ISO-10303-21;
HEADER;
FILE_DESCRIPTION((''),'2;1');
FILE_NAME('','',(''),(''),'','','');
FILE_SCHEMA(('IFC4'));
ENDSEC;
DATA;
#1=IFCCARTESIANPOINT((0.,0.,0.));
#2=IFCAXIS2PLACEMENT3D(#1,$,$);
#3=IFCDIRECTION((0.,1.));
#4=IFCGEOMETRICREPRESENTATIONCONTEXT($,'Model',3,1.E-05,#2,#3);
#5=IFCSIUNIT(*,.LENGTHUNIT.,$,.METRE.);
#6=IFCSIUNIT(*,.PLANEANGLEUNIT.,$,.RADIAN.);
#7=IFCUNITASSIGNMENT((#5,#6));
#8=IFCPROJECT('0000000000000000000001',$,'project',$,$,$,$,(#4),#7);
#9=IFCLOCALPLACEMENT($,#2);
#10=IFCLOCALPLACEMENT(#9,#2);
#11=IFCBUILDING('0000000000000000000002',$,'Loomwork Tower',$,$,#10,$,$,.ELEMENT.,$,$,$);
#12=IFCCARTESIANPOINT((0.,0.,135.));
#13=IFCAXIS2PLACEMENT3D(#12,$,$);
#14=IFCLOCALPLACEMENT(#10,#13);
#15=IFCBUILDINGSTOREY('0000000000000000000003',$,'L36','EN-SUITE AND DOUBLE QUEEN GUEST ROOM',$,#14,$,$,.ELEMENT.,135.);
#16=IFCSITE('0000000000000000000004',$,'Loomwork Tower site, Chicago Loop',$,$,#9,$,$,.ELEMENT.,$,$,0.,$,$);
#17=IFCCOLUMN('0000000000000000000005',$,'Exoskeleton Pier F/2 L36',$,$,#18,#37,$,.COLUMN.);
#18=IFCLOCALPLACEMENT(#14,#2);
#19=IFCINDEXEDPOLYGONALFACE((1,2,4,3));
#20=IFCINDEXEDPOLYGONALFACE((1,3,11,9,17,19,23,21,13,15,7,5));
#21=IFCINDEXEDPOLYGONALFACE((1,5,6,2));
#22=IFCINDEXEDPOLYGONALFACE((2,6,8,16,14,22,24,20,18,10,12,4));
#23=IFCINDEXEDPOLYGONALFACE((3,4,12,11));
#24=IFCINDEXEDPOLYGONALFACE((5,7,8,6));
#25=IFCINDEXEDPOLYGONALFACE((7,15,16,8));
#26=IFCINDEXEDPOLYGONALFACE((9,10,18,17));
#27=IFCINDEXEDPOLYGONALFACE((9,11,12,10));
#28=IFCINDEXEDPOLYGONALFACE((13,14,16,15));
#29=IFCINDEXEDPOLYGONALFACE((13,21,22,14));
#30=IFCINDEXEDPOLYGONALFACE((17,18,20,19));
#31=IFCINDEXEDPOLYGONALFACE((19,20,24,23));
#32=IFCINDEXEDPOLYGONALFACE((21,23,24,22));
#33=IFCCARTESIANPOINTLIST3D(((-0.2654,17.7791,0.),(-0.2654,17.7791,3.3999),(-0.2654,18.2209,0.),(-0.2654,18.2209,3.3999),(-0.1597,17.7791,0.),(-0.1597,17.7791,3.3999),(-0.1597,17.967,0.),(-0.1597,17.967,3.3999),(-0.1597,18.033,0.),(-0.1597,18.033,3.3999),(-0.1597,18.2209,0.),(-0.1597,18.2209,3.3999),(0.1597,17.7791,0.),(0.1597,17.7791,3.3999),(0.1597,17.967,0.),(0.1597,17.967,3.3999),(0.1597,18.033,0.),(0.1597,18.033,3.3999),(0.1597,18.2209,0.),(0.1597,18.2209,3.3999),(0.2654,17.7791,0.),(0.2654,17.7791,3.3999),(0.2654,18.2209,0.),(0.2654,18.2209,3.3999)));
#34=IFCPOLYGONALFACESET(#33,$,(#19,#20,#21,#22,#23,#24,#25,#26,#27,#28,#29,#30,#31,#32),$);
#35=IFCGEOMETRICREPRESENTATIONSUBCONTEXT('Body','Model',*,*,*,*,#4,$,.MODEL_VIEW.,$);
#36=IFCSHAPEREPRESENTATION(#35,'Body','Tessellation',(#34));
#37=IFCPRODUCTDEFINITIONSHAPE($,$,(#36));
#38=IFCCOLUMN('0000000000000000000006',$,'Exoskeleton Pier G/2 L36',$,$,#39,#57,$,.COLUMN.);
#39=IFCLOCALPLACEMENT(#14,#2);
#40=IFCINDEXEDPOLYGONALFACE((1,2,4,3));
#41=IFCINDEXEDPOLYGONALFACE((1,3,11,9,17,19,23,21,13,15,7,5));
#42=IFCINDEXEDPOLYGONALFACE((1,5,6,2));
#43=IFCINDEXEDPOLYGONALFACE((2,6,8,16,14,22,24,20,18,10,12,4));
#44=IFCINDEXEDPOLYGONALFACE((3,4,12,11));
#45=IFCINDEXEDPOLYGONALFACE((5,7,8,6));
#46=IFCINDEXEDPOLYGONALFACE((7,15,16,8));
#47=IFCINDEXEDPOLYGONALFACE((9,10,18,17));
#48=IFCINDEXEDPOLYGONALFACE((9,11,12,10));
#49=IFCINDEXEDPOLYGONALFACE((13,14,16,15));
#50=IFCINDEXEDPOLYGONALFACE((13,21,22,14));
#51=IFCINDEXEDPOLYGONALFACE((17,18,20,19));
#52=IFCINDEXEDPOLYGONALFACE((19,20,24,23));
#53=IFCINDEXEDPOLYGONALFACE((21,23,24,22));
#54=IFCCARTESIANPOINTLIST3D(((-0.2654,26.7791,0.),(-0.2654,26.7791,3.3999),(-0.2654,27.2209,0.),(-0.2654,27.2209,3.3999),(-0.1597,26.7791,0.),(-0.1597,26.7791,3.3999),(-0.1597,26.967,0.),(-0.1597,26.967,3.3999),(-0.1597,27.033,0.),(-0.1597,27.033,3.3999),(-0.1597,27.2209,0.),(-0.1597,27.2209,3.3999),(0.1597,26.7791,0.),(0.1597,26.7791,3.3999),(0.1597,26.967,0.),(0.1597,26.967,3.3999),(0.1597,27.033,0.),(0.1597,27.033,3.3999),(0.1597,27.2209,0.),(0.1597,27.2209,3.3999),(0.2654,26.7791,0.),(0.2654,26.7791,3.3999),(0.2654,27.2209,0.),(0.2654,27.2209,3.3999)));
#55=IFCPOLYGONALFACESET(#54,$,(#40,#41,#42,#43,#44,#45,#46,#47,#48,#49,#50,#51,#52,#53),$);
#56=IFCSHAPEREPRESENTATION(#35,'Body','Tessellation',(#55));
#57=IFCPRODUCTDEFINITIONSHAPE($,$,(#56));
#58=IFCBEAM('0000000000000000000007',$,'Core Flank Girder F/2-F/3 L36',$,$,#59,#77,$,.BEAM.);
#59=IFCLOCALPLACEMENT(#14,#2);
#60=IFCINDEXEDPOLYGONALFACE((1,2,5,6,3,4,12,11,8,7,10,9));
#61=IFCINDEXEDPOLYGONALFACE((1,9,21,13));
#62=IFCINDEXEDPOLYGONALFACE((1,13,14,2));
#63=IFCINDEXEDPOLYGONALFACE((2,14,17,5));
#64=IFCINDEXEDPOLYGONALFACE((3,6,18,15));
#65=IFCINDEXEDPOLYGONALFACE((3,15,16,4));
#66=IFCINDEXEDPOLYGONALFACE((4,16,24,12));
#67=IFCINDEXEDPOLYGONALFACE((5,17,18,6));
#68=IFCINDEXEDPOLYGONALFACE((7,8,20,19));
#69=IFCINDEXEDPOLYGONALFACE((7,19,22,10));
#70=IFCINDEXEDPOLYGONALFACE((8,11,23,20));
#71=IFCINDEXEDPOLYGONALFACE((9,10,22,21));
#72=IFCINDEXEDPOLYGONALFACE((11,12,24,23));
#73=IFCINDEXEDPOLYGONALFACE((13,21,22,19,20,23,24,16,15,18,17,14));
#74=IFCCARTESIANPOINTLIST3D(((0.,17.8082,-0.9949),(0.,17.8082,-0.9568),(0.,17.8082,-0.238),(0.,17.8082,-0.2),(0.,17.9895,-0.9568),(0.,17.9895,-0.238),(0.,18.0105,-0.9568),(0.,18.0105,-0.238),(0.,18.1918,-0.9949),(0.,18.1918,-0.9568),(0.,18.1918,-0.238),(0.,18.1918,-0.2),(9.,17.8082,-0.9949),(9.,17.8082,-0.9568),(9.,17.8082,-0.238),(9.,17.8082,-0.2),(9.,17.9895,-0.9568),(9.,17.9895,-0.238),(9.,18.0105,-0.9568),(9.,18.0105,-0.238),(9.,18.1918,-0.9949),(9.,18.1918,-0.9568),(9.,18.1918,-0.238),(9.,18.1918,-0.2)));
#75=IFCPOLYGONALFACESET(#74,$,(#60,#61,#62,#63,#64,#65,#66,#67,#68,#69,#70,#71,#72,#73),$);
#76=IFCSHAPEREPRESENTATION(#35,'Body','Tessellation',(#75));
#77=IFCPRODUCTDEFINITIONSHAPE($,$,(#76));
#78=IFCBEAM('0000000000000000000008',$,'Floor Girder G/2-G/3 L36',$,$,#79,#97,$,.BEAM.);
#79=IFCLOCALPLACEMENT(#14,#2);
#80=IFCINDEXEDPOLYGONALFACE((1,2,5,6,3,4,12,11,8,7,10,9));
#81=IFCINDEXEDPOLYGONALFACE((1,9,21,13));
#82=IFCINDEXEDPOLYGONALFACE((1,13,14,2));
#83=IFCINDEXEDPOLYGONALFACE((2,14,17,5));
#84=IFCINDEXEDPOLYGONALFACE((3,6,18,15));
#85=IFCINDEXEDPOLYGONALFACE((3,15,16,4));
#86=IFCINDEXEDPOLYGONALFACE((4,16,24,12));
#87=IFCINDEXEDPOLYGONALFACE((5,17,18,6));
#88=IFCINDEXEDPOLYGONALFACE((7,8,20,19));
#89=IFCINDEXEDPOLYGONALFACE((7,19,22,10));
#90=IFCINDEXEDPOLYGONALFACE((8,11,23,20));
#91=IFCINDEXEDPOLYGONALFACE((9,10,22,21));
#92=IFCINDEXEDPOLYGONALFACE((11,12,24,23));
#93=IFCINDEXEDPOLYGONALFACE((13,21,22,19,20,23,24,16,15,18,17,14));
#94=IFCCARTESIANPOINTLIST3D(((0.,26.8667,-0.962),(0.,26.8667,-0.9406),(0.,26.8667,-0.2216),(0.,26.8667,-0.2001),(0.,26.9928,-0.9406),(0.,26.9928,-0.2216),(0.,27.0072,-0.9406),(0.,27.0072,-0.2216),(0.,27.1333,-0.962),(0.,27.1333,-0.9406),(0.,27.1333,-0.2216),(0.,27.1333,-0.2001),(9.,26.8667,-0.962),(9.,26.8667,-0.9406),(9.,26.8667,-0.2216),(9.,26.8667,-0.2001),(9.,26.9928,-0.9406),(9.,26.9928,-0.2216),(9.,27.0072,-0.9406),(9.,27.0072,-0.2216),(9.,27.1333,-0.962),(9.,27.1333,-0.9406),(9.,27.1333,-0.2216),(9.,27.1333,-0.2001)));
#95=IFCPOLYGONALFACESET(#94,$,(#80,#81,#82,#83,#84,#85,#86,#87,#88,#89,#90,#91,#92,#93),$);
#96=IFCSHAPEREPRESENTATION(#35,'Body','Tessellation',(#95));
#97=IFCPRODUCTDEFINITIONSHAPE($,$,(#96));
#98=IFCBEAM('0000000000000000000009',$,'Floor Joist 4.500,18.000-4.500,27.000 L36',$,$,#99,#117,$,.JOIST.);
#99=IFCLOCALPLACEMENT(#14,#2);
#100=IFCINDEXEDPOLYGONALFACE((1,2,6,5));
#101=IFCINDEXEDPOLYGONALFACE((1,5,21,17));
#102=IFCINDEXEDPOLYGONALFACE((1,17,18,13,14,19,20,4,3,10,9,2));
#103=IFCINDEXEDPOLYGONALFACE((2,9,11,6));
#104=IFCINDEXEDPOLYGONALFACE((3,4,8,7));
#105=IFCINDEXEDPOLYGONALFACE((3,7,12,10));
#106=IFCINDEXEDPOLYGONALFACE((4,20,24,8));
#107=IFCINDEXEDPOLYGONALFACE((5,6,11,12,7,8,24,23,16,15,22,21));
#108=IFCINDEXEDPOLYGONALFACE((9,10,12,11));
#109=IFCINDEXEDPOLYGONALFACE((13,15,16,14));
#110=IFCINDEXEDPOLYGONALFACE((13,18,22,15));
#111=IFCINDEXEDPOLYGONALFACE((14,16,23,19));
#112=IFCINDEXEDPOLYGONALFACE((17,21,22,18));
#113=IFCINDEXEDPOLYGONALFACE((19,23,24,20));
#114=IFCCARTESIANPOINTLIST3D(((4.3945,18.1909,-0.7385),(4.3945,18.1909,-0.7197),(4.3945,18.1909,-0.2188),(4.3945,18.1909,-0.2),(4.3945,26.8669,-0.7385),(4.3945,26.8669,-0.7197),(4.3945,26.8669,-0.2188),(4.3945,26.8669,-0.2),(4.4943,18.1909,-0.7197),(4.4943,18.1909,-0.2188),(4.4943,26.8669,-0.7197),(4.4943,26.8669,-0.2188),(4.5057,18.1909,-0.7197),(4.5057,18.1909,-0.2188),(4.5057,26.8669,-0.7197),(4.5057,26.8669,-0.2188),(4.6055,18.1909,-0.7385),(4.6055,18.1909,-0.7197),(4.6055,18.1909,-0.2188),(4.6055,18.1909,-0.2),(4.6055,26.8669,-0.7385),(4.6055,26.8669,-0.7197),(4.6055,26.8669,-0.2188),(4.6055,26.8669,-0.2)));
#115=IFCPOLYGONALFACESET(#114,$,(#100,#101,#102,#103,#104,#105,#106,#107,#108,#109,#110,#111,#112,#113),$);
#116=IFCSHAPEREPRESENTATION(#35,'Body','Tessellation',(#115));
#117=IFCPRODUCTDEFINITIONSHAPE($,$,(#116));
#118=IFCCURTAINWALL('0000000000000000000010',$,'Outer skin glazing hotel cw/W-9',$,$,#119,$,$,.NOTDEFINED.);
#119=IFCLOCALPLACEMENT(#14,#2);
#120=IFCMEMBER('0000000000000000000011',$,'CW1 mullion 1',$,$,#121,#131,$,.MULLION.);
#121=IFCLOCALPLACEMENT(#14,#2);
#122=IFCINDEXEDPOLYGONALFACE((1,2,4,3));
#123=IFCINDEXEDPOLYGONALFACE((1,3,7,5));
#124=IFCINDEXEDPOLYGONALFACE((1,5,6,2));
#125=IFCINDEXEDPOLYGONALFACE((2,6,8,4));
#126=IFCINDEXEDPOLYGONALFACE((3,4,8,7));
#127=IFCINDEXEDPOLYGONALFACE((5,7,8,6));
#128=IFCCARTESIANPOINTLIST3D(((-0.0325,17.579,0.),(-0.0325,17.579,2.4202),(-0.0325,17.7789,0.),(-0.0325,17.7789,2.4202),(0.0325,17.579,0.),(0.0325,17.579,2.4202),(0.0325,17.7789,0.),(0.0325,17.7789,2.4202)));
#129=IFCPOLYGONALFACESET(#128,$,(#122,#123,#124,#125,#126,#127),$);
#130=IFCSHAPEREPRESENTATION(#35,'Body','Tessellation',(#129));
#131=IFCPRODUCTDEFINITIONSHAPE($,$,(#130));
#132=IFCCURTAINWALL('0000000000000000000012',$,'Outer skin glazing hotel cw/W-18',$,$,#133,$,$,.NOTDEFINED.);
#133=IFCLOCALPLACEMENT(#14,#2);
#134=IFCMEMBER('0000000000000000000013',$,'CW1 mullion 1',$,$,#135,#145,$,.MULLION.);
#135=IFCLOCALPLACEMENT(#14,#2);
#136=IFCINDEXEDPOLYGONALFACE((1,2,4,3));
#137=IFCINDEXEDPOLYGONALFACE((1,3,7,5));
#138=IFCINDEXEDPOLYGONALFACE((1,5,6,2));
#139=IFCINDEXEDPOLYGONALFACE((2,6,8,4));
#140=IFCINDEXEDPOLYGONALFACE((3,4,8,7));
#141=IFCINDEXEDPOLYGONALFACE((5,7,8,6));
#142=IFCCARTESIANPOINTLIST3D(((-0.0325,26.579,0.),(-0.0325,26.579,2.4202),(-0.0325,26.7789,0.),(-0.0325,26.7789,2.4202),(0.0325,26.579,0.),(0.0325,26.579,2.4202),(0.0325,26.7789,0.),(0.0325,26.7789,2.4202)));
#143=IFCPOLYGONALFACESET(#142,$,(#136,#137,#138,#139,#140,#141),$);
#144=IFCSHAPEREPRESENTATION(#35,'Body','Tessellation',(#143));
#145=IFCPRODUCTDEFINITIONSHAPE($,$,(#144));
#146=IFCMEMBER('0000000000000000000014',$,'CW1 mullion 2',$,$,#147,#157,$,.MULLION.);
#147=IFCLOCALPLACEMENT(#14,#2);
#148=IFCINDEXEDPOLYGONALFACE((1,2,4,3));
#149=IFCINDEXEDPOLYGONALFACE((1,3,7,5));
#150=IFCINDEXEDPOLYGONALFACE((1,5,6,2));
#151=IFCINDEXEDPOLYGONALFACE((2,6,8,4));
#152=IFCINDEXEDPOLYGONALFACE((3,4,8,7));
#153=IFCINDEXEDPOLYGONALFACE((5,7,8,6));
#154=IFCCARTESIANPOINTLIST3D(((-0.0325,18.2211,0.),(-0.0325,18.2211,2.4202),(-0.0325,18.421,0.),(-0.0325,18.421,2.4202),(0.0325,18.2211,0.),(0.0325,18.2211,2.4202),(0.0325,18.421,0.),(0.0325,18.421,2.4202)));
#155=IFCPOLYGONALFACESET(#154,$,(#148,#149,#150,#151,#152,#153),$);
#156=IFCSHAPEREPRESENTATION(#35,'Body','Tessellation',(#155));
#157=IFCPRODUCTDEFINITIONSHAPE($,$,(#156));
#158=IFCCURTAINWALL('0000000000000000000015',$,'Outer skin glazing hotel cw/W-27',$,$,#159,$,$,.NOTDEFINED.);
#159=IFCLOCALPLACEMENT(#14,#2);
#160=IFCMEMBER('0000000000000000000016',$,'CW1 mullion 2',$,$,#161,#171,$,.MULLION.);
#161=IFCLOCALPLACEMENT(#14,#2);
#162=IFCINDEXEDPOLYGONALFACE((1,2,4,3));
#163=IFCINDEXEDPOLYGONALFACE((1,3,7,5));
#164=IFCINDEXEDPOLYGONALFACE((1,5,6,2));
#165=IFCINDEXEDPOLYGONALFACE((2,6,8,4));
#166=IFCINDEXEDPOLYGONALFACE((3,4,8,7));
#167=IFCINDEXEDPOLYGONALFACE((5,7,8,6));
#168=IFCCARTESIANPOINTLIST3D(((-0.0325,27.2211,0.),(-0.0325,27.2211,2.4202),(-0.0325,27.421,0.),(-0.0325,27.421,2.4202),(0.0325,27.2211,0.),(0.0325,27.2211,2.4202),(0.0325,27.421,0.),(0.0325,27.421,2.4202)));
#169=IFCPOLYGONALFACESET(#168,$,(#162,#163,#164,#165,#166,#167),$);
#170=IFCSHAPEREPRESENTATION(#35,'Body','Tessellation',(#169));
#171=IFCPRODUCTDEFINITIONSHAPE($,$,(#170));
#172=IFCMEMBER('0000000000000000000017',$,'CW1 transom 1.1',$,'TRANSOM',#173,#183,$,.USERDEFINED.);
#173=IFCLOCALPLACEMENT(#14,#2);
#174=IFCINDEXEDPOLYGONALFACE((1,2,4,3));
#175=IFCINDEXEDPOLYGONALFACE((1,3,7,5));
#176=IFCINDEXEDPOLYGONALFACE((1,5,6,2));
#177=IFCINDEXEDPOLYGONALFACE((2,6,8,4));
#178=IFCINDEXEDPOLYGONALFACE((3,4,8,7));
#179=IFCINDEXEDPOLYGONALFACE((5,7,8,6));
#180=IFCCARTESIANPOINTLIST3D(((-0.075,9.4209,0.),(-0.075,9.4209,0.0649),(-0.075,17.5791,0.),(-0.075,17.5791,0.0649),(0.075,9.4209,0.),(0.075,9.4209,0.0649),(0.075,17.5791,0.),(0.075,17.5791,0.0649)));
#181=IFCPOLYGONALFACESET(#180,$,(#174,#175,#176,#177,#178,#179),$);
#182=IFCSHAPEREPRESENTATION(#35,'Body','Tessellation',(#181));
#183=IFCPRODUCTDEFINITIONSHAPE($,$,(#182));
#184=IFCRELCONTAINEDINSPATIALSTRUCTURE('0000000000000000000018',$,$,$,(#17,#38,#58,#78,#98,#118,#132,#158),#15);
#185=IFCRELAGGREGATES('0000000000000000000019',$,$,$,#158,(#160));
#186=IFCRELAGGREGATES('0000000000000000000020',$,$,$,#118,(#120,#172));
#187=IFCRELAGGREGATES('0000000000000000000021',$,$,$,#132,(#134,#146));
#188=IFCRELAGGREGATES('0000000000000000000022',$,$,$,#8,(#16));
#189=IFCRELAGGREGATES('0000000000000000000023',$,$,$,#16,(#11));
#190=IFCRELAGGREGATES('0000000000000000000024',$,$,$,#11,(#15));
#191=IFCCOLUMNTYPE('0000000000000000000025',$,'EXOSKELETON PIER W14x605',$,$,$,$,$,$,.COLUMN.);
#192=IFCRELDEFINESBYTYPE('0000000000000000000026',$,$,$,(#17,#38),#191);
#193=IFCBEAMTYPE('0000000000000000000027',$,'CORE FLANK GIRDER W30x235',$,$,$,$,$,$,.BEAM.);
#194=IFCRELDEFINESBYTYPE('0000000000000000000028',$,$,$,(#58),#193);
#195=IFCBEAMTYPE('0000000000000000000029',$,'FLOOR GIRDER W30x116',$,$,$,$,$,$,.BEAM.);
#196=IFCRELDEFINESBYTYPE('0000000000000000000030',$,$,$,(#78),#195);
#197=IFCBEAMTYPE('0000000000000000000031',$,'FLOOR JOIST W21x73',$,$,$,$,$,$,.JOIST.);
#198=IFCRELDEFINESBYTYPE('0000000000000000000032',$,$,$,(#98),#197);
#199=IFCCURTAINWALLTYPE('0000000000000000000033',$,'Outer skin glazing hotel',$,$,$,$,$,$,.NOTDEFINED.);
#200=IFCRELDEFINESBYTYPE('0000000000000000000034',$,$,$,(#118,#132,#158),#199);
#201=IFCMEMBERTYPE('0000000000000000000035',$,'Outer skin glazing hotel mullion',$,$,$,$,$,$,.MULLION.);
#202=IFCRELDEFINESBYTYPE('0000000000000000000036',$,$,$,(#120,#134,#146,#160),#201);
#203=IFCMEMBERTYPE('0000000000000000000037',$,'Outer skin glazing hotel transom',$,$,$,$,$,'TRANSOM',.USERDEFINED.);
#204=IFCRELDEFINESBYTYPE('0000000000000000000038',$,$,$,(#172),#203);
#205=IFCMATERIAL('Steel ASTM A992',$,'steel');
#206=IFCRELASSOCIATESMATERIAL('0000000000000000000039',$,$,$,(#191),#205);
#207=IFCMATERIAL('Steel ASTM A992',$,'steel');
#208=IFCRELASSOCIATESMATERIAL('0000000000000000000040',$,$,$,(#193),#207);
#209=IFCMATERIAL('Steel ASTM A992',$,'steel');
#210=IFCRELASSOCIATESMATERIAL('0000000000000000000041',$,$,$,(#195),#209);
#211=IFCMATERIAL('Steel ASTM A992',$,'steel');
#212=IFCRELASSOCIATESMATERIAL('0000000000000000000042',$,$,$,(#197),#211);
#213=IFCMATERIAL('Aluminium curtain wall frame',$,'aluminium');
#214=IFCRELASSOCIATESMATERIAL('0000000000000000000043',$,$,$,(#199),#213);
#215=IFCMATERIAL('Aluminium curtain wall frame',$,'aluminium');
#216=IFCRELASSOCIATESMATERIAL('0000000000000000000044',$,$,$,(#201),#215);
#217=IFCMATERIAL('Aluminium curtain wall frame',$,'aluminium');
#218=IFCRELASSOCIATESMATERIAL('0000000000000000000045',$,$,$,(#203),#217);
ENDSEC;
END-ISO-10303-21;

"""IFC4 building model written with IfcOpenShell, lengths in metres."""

from ifc_helpers import new_model, si_unit, direction, frame, origin, origin_2d, place, context, subcontext, project, spatial, rectangle, i_section, extrude, material, material_profile, profile_set, type_object, element, aggregate, save


model = new_model("IFC4")

# Units and contexts
model_context = context("Model", 3, precision=1e-05, world=origin(), true_north=direction((0.0, 1.0)))
body_context = subcontext(model_context, "Body", "Model", "MODEL_VIEW")
ifc_project = project(units=[si_unit("LENGTHUNIT", "METRE"), si_unit("PLANEANGLEUNIT", "RADIAN")], contexts=[model_context])

# Site, building, storey
site_placement = place(None, origin())
site = spatial("IfcSite", under=ifc_project, at=site_placement, Name="Loomwork Tower site, Chicago Loop", CompositionType="ELEMENT", RefElevation=0.0)
building_placement = place(site_placement, origin())
building = spatial("IfcBuilding", under=site, at=building_placement, Name="Loomwork Tower", CompositionType="ELEMENT")
storey_placement = place(building_placement, frame((0.0, 0.0, 135.0)))
storey = spatial("IfcBuildingStorey", under=building, at=storey_placement, Name="L36", Description="EN-SUITE AND DOUBLE QUEEN GUEST ROOM", CompositionType="ELEMENT", Elevation=135.0)

# Columns
ifc_material_1 = material(Name="Steel ASTM A992", Category="steel")
ifc_material_profile_1 = material_profile(ifc_material_1, i_section(OverallWidth=0.4419, OverallDepth=0.5308, WebThickness=0.0659, FlangeThickness=0.1057, at=origin_2d()), Name="W14x605")
ifc_profile_set_1 = profile_set([ifc_material_profile_1], Name="Steel ASTM A992")
column_type = type_object("IfcColumnType", Name="EXOSKELETON PIER W14x605", PredefinedType="COLUMN", material=ifc_profile_set_1)
for number, where, z_axis, x_axis, name in (
    (1, (0.0, 18.0, 0.0), (0.0, 0.0, 1.0), (0.0, 1.0, 0.0), "Exoskeleton Pier F/2 L36"),
    (2, (0.0, 27.0, 0.0), (0.0, 0.0, 1.0), (0.0, 1.0, 0.0), "Exoskeleton Pier G/2 L36"),
):
    element("IfcColumn", number, at=place(storey_placement, frame(where, z_axis=z_axis, x_axis=x_axis)), inside=storey, type_object=column_type, Name=name, PredefinedType="COLUMN", context=body_context, shape_type="SweptSolid", body=[
        extrude(i_section(OverallWidth=0.4419, OverallDepth=0.5308, WebThickness=0.0659, FlangeThickness=0.1057, at=origin_2d()), origin(), (0.0, 0.0, 1.0), 3.3999),
    ])

# Beams
ifc_material_2 = material(Name="Steel ASTM A992", Category="steel")
ifc_material_profile_2 = material_profile(ifc_material_2, i_section(OverallWidth=0.3835, OverallDepth=0.7949, WebThickness=0.021, FlangeThickness=0.0381, at=origin_2d()), Name="W30x235")
ifc_profile_set_2 = profile_set([ifc_material_profile_2], Name="Steel ASTM A992")
beam_type_1 = type_object("IfcBeamType", Name="CORE FLANK GIRDER W30x235", PredefinedType="BEAM", material=ifc_profile_set_2)
beam_1_placement = place(storey_placement, frame((0.0, 18.0, -0.5974), z_axis=(1.0, 0.0, 0.0), x_axis=(0.0, 1.0, 0.0)))
element("IfcBeam", 3, at=beam_1_placement, inside=storey, type_object=beam_type_1, Name="Core Flank Girder F/2-F/3 L36", PredefinedType="BEAM", context=body_context, shape_type="SweptSolid", body=[
    extrude(i_section(OverallWidth=0.3835, OverallDepth=0.7949, WebThickness=0.021, FlangeThickness=0.0381, at=origin_2d()), origin(), (0.0, 0.0, 1.0), 9.0),
])
ifc_material_3 = material(Name="Steel ASTM A992", Category="steel")
ifc_material_profile_3 = material_profile(ifc_material_3, i_section(OverallWidth=0.2666, OverallDepth=0.762, WebThickness=0.0144, FlangeThickness=0.0215, at=origin_2d()), Name="W30x116")
ifc_profile_set_3 = profile_set([ifc_material_profile_3], Name="Steel ASTM A992")
beam_type_2 = type_object("IfcBeamType", Name="FLOOR GIRDER W30x116", PredefinedType="BEAM", material=ifc_profile_set_3)
beam_2_placement = place(storey_placement, frame((0.0, 27.0, -0.5811), z_axis=(1.0, 0.0, 0.0), x_axis=(0.0, 1.0, 0.0)))
element("IfcBeam", 4, at=beam_2_placement, inside=storey, type_object=beam_type_2, Name="Floor Girder G/2-G/3 L36", PredefinedType="BEAM", context=body_context, shape_type="SweptSolid", body=[
    extrude(i_section(OverallWidth=0.2666, OverallDepth=0.762, WebThickness=0.0144, FlangeThickness=0.0215, at=origin_2d()), origin(), (0.0, 0.0, 1.0), 9.0),
])
ifc_material_4 = material(Name="Steel ASTM A992", Category="steel")
ifc_material_profile_4 = material_profile(ifc_material_4, i_section(OverallWidth=0.2109, OverallDepth=0.5386, WebThickness=0.0115, FlangeThickness=0.0188, at=origin_2d()), Name="W21x73")
ifc_profile_set_4 = profile_set([ifc_material_profile_4], Name="Steel ASTM A992")
beam_type_3 = type_object("IfcBeamType", Name="FLOOR JOIST W21x73", PredefinedType="JOIST", material=ifc_profile_set_4)
beam_3_placement = place(storey_placement, frame((4.5, 18.1909, -0.4692), z_axis=(0.0, 1.0, 0.0), x_axis=(-1.0, 0.0, 0.0)))
element("IfcBeam", 5, at=beam_3_placement, inside=storey, type_object=beam_type_3, Name="Floor Joist 4.500,18.000-4.500,27.000 L36", PredefinedType="JOIST", context=body_context, shape_type="SweptSolid", body=[
    extrude(i_section(OverallWidth=0.2109, OverallDepth=0.5386, WebThickness=0.0115, FlangeThickness=0.0188, at=origin_2d()), origin(), (0.0, 0.0, 1.0), 8.676),
])

# Curtain wall, member
ifc_material_5 = material(Name="Aluminium curtain wall frame", Category="aluminium")
curtain_wall_type = type_object("IfcCurtainWallType", Name="Outer skin glazing hotel", PredefinedType="NOTDEFINED", material=ifc_material_5)
curtain_wall_1_placement = place(storey_placement, origin())
curtain_wall_1 = element("IfcCurtainWall", 6, at=curtain_wall_1_placement, inside=storey, type_object=curtain_wall_type, Name="Outer skin glazing hotel cw/W-9", PredefinedType="NOTDEFINED")
ifc_material_6 = material(Name="Aluminium curtain wall frame", Category="aluminium")
ifc_material_profile_5 = material_profile(ifc_material_6, rectangle(XDim=0.0649, YDim=0.2, at=origin_2d()), Name="AL 65x200")
ifc_profile_set_5 = profile_set([ifc_material_profile_5], Name="Aluminium curtain wall frame")
member_type_1 = type_object("IfcMemberType", Name="Outer skin glazing hotel mullion", PredefinedType="MULLION", material=ifc_profile_set_5)
member_1_placement = place(storey_placement, frame((0.0, 17.679, 0.0), z_axis=(0.0, 0.0, 1.0), x_axis=(1.0, 0.0, 0.0)))
member_1 = element("IfcMember", 7, at=member_1_placement, type_object=member_type_1, Name="CW1 mullion 1", PredefinedType="MULLION", context=body_context, shape_type="SweptSolid", body=[
    extrude(rectangle(XDim=0.0649, YDim=0.2, at=origin_2d()), origin(), (0.0, 0.0, 1.0), 2.4202),
])

# Curtain wall, members
curtain_wall_2_placement = place(storey_placement, origin())
curtain_wall_2 = element("IfcCurtainWall", 8, at=curtain_wall_2_placement, inside=storey, type_object=curtain_wall_type, Name="Outer skin glazing hotel cw/W-18", PredefinedType="NOTDEFINED")
member_2_placement = place(storey_placement, frame((0.0, 26.679, 0.0), z_axis=(0.0, 0.0, 1.0), x_axis=(1.0, 0.0, 0.0)))
member_2 = element("IfcMember", 9, at=member_2_placement, type_object=member_type_1, Name="CW1 mullion 1", PredefinedType="MULLION", context=body_context, shape_type="SweptSolid", body=[
    extrude(rectangle(XDim=0.0649, YDim=0.2, at=origin_2d()), origin(), (0.0, 0.0, 1.0), 2.4202),
])
member_3_placement = place(storey_placement, frame((0.0, 18.321, 0.0), z_axis=(0.0, 0.0, 1.0), x_axis=(1.0, 0.0, 0.0)))
member_3 = element("IfcMember", 10, at=member_3_placement, type_object=member_type_1, Name="CW1 mullion 2", PredefinedType="MULLION", context=body_context, shape_type="SweptSolid", body=[
    extrude(rectangle(XDim=0.0649, YDim=0.2, at=origin_2d()), origin(), (0.0, 0.0, 1.0), 2.4202),
])

# Curtain wall, member
curtain_wall_3_placement = place(storey_placement, origin())
curtain_wall_3 = element("IfcCurtainWall", 11, at=curtain_wall_3_placement, inside=storey, type_object=curtain_wall_type, Name="Outer skin glazing hotel cw/W-27", PredefinedType="NOTDEFINED")
member_4_placement = place(storey_placement, frame((0.0, 27.321, 0.0), z_axis=(0.0, 0.0, 1.0), x_axis=(1.0, 0.0, 0.0)))
member_4 = element("IfcMember", 12, at=member_4_placement, type_object=member_type_1, Name="CW1 mullion 2", PredefinedType="MULLION", context=body_context, shape_type="SweptSolid", body=[
    extrude(rectangle(XDim=0.0649, YDim=0.2, at=origin_2d()), origin(), (0.0, 0.0, 1.0), 2.4202),
])
aggregate(curtain_wall_3, [member_4])

# Member
ifc_material_7 = material(Name="Aluminium curtain wall frame", Category="aluminium")
ifc_material_profile_6 = material_profile(ifc_material_7, rectangle(XDim=0.1499, YDim=0.0649, at=origin_2d()), Name="AL 65x150")
ifc_profile_set_6 = profile_set([ifc_material_profile_6], Name="Aluminium curtain wall frame")
member_type_2 = type_object("IfcMemberType", Name="Outer skin glazing hotel transom", ElementType="TRANSOM", PredefinedType="USERDEFINED", material=ifc_profile_set_6)
member_5_placement = place(storey_placement, frame((0.0, 17.5791, 0.0325), z_axis=(0.0, -1.0, 0.0), x_axis=(1.0, 0.0, 0.0)))
member_5 = element("IfcMember", 13, at=member_5_placement, type_object=member_type_2, Name="CW1 transom 1.1", ObjectType="TRANSOM", PredefinedType="USERDEFINED", context=body_context, shape_type="SweptSolid", body=[
    extrude(rectangle(XDim=0.1499, YDim=0.0649, at=origin_2d()), origin(), (0.0, 0.0, 1.0), 8.1582),
])
aggregate(curtain_wall_1, [member_1, member_5])

aggregate(curtain_wall_2, [member_2, member_3])

save(model, "model.ifc")
